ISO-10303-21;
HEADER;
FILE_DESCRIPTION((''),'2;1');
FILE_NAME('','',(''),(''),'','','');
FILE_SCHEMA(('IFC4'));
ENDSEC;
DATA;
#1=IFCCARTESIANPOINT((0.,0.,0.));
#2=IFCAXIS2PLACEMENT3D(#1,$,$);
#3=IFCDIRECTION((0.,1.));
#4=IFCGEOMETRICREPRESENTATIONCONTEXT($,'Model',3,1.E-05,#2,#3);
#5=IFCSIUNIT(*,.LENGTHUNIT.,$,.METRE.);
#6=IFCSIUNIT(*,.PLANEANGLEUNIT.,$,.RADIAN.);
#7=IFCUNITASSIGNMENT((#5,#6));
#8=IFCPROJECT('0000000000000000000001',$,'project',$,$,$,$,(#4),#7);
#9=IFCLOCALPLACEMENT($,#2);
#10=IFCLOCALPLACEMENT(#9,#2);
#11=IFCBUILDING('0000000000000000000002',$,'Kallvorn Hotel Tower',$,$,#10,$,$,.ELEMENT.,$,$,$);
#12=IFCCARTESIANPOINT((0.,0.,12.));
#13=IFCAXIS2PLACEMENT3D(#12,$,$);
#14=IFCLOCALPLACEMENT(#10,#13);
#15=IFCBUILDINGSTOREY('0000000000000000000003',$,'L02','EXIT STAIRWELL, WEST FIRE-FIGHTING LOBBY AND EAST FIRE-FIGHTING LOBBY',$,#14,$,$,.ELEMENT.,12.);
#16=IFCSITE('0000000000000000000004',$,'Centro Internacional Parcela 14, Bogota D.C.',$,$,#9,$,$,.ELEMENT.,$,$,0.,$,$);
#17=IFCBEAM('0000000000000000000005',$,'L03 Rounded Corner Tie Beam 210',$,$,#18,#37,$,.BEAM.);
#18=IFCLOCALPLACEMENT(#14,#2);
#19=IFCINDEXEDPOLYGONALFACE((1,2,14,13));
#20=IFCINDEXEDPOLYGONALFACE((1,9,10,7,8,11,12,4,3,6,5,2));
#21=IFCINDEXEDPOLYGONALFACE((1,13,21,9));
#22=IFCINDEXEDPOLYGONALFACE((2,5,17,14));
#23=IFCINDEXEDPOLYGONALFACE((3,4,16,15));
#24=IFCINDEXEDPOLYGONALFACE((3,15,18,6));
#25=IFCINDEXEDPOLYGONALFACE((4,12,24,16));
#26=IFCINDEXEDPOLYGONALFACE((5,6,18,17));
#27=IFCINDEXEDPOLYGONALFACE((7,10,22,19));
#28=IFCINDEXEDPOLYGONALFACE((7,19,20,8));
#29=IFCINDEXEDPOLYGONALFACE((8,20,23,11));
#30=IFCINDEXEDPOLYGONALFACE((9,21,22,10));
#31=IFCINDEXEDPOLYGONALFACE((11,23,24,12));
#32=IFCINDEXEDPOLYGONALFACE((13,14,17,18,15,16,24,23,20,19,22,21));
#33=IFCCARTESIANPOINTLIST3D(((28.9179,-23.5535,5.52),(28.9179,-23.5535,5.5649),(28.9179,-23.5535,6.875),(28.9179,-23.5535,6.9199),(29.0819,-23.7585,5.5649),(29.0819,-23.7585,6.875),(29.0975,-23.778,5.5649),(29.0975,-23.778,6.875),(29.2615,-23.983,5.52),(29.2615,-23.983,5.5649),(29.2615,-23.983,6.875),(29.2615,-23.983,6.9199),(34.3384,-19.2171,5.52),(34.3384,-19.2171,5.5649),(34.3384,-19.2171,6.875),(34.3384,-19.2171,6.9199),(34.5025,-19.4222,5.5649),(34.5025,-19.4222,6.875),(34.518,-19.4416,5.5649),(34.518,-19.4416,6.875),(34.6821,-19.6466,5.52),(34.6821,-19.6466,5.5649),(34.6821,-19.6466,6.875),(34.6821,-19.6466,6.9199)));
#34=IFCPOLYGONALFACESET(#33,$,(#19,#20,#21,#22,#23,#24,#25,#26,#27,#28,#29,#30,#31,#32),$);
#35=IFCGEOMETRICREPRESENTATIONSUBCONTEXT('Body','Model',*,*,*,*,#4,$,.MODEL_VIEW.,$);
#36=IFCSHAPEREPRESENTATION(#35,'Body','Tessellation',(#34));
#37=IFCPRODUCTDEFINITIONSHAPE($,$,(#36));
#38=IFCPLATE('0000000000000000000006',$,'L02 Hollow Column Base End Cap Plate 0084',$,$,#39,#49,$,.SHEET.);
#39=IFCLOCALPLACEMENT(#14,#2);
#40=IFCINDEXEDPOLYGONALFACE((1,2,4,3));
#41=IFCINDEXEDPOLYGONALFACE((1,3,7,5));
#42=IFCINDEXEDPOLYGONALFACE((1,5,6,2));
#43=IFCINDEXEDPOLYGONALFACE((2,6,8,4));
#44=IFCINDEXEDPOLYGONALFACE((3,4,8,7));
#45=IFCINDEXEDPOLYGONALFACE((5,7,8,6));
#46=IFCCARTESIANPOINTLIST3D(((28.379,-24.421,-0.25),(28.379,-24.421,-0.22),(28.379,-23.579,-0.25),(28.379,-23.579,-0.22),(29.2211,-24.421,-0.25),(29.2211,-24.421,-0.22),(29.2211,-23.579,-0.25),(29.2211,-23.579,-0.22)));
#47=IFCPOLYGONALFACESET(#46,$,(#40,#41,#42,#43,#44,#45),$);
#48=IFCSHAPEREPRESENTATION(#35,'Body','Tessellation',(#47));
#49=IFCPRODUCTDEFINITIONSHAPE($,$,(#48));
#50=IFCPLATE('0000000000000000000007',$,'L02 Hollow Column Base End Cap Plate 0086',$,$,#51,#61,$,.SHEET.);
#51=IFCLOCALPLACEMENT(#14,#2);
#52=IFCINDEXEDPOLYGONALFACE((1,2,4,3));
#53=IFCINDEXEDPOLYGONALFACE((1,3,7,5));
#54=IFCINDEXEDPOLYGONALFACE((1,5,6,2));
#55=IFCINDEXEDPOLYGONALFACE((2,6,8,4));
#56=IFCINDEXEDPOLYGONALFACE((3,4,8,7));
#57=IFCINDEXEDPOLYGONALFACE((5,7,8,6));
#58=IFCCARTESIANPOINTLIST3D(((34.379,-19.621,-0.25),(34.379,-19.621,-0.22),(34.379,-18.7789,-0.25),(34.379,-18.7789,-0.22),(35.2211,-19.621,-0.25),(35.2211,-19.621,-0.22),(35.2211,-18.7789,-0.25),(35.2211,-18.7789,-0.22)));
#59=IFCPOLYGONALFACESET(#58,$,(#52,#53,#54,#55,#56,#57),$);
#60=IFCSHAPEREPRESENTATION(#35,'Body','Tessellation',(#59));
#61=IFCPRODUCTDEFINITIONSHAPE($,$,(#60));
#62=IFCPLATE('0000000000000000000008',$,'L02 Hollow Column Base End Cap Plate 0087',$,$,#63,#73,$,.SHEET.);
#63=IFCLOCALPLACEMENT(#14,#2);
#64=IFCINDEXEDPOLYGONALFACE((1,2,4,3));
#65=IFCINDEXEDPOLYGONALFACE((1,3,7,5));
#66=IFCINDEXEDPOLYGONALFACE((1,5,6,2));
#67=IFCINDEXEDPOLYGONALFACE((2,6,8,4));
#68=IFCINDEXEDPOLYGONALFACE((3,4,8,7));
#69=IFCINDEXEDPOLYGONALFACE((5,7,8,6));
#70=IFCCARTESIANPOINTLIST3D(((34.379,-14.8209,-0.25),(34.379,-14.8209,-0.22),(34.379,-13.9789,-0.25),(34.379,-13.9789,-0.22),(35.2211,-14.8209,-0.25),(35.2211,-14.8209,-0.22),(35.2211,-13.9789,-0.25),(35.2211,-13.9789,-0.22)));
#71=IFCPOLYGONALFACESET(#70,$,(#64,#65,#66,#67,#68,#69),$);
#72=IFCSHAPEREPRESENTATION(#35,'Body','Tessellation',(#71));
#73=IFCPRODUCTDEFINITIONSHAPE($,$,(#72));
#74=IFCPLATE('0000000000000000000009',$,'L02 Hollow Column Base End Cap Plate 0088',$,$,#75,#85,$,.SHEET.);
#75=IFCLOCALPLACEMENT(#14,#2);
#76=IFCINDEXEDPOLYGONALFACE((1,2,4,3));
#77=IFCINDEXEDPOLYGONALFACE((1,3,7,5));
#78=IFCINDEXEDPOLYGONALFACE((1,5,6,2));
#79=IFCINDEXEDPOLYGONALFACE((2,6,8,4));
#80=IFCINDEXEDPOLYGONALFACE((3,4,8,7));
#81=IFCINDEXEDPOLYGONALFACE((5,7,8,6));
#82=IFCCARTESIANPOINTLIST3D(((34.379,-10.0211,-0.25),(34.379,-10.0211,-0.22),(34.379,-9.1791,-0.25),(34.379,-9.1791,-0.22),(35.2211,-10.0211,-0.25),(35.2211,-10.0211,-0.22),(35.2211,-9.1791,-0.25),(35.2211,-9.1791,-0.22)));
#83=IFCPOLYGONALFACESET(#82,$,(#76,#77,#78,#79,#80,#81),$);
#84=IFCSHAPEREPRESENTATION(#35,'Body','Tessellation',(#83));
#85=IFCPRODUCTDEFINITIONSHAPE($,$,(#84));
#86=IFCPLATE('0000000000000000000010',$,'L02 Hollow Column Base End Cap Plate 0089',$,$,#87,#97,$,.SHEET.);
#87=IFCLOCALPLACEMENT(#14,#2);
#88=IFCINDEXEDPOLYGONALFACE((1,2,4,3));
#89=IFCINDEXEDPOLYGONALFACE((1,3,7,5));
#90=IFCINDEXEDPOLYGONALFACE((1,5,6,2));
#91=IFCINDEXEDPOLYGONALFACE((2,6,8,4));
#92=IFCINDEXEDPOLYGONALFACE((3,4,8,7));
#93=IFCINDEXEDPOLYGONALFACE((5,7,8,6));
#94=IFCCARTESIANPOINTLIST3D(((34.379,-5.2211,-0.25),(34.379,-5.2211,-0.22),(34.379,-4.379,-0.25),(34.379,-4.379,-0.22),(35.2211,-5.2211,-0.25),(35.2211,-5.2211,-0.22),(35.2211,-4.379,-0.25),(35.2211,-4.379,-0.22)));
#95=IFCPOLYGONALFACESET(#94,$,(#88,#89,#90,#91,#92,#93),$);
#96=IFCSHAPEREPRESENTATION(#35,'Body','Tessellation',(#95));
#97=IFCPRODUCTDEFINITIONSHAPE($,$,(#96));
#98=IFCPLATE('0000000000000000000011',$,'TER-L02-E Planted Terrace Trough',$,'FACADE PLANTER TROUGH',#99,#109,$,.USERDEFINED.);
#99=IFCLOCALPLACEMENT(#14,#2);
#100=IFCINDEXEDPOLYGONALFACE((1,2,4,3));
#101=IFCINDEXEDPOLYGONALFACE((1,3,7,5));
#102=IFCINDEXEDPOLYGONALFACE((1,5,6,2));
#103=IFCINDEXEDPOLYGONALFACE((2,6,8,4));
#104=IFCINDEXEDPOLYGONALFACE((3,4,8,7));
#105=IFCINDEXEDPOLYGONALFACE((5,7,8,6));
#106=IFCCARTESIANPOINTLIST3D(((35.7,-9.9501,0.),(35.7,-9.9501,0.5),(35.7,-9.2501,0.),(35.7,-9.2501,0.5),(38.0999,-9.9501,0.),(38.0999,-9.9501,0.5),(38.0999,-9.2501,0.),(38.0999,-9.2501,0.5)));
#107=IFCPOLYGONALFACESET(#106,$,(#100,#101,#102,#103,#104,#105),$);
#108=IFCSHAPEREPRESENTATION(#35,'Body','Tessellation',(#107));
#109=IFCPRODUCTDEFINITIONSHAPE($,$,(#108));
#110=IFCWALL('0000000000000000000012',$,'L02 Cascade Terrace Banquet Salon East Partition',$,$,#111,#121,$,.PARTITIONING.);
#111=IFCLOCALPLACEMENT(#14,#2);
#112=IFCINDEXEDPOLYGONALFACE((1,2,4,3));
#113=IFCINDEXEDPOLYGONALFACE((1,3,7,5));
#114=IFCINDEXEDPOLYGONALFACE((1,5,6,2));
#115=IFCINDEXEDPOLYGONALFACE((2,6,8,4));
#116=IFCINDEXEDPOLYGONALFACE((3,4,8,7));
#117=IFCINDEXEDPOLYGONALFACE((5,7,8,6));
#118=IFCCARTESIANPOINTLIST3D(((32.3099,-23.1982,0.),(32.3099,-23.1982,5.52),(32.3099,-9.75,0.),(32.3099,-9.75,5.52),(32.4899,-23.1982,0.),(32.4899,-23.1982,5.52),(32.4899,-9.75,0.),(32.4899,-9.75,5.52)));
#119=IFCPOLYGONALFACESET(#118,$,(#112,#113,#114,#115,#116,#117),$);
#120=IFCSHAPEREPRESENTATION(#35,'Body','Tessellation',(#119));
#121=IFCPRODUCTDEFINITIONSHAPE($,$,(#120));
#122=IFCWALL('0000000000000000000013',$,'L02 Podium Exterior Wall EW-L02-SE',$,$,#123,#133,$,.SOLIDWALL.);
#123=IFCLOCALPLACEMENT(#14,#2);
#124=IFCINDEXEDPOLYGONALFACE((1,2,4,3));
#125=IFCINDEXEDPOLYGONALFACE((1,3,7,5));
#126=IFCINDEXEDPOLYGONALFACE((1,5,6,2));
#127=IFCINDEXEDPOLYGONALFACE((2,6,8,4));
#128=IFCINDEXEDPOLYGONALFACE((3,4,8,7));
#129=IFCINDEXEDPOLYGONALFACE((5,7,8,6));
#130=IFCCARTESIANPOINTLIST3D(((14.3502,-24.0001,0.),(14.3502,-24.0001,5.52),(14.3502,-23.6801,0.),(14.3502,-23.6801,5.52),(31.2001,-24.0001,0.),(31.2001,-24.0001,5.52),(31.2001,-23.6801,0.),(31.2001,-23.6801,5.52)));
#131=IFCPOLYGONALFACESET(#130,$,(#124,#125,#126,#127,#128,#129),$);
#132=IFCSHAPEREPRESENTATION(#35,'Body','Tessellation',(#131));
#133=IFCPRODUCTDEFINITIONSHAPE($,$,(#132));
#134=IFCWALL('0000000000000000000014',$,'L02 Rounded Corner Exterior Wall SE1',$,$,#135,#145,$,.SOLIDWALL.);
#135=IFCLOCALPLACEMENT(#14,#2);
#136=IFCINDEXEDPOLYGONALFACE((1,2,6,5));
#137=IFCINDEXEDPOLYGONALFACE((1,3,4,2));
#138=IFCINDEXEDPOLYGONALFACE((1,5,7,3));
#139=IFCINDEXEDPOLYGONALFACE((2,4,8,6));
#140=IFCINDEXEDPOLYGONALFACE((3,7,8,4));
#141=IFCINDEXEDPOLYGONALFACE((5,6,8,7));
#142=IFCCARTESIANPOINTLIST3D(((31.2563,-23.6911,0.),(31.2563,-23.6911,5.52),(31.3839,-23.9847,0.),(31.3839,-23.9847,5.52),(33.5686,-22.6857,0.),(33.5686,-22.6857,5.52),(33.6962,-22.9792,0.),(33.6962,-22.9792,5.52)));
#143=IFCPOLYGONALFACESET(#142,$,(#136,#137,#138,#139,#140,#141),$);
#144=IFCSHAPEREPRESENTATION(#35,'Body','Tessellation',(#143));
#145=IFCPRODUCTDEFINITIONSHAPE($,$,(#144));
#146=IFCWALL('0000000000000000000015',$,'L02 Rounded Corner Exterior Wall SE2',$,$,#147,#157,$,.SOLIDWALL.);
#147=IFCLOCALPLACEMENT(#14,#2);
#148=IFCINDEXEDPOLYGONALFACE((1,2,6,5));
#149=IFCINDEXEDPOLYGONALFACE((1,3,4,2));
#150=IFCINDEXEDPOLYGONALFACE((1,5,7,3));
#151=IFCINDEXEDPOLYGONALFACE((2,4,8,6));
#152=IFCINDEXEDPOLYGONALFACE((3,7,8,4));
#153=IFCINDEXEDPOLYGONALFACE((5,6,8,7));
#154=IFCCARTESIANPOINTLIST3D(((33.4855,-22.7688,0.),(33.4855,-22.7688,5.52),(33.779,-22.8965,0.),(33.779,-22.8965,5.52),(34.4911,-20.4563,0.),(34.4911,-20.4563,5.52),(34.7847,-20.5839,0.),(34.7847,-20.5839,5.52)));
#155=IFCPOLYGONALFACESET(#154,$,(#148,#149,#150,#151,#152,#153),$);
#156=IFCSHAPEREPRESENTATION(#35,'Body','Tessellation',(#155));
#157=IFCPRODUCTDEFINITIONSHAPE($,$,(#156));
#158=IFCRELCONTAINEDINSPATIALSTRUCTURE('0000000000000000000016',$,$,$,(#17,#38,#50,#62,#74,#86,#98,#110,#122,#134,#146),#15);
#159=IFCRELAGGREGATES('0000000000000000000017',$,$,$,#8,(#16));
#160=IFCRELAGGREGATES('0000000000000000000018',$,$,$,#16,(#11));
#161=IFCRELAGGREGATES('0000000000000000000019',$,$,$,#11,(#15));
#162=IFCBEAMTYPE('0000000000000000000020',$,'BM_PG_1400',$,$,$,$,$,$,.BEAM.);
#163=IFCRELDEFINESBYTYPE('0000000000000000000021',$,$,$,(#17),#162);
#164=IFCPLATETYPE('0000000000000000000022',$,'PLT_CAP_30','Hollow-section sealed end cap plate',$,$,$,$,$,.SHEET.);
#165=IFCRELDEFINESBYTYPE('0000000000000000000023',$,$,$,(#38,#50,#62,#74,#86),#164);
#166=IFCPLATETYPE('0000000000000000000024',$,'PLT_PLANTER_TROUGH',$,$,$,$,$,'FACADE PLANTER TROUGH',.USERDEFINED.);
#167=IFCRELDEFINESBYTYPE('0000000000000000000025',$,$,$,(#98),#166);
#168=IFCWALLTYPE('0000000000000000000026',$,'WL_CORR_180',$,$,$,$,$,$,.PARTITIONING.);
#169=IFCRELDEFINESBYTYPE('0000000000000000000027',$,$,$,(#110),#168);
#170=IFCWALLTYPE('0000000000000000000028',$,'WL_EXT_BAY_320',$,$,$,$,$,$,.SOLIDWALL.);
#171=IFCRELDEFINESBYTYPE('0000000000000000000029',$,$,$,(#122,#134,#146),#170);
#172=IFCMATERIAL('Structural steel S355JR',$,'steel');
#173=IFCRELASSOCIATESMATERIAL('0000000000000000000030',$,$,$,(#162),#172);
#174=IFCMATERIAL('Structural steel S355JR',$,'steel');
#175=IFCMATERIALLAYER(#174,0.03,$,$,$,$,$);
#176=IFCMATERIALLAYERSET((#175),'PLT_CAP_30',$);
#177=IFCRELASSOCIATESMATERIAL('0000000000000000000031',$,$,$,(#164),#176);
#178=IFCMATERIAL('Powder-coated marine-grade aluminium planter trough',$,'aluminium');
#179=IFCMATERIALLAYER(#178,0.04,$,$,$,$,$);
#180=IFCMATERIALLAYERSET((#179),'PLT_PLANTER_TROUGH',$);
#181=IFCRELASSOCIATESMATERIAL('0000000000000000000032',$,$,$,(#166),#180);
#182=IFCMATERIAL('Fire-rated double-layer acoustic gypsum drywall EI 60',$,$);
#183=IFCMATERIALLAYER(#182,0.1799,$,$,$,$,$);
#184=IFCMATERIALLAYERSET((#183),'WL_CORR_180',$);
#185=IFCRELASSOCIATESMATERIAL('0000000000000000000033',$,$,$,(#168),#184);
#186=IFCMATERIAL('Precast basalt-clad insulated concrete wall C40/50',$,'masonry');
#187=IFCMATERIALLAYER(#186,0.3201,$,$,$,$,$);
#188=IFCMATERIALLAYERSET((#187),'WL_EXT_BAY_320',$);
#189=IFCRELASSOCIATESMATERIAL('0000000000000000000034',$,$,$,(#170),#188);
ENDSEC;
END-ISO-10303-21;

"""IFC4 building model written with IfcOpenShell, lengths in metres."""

from ifc_helpers import new_model, si_unit, direction, frame, frame_2d, origin, origin_2d, place, context, subcontext, project, spatial, rectangle, i_section, extrude, material, layer, layer_set, material_profile, profile_set, type_object, element, save


model = new_model("IFC4")

# Units and contexts
model_context = context("Model", 3, precision=1e-05, world=origin(), true_north=direction((0.0, 1.0)))
body_context = subcontext(model_context, "Body", "Model", "MODEL_VIEW")
ifc_project = project(units=[si_unit("LENGTHUNIT", "METRE"), si_unit("PLANEANGLEUNIT", "RADIAN")], contexts=[model_context])

# Site, building, storey
site_placement = place(None, origin())
site = spatial("IfcSite", under=ifc_project, at=site_placement, Name="Centro Internacional Parcela 14, Bogota D.C.", CompositionType="ELEMENT", RefElevation=0.0)
building_placement = place(site_placement, origin())
building = spatial("IfcBuilding", under=site, at=building_placement, Name="Kallvorn Hotel Tower", CompositionType="ELEMENT")
storey_placement = place(building_placement, frame((0.0, 0.0, 12.0)))
storey = spatial("IfcBuildingStorey", under=building, at=storey_placement, Name="L02", Description="EXIT STAIRWELL, WEST FIRE-FIGHTING LOBBY AND EAST FIRE-FIGHTING LOBBY", CompositionType="ELEMENT", Elevation=12.0)

# Beam
ifc_material_1 = material(Name="Structural steel S355JR", Category="steel")
ifc_material_profile_1 = material_profile(ifc_material_1, i_section(OverallWidth=0.55, OverallDepth=1.3999, WebThickness=0.0249, FlangeThickness=0.0449, at=origin_2d()), Name="PG 1400x550x25x45")
ifc_profile_set_1 = profile_set([ifc_material_profile_1], Name="Structural steel S355JR")
beam_type_1 = type_object("IfcBeamType", Name="BM_PG_1400", PredefinedType="BEAM", material=ifc_profile_set_1)
beam_1_placement = place(storey_placement, frame((34.5103, -19.4319, 6.22), z_axis=(-0.780876, -0.624686, 0.0), x_axis=(0.624686, -0.780876, 0.0)))
element("IfcBeam", 1, at=beam_1_placement, inside=storey, type_object=beam_type_1, Name="L03 Rounded Corner Tie Beam 210", PredefinedType="BEAM", context=body_context, shape_type="SweptSolid", body=[
    extrude(i_section(OverallWidth=0.55, OverallDepth=1.3999, WebThickness=0.0249, FlangeThickness=0.0449, at=origin_2d()), origin(), (0.0, 0.0, 1.0), 6.9417),
])

# Plates
ifc_material_2 = material(Name="Structural steel S355JR", Category="steel")
ifc_layer_1 = layer(ifc_material_2, 0.03)
ifc_layer_set_1 = layer_set([ifc_layer_1], Name="PLT_CAP_30")
plate_type_1 = type_object("IfcPlateType", Name="PLT_CAP_30", Description="Hollow-section sealed end cap plate", PredefinedType="SHEET", material=ifc_layer_set_1)
for number, where, z_axis, x_axis, name in (
    (2, (28.8, -24.0, -0.25), (0.0, 0.0, 1.0), (1.0, 0.0, 0.0), "L02 Hollow Column Base End Cap Plate 0084"),
    (3, (34.8, -19.2, -0.25), (0.0, 0.0, 1.0), (1.0, 0.0, 0.0), "L02 Hollow Column Base End Cap Plate 0086"),
    (4, (34.8, -14.3999, -0.25), (0.0, 0.0, 1.0), (1.0, 0.0, 0.0), "L02 Hollow Column Base End Cap Plate 0087"),
    (5, (34.8, -9.6001, -0.25), (0.0, 0.0, 1.0), (1.0, 0.0, 0.0), "L02 Hollow Column Base End Cap Plate 0088"),
    (6, (34.8, -4.8, -0.25), (0.0, 0.0, 1.0), (1.0, 0.0, 0.0), "L02 Hollow Column Base End Cap Plate 0089"),
):
    element("IfcPlate", number, at=place(storey_placement, frame(where, z_axis=z_axis, x_axis=x_axis)), inside=storey, type_object=plate_type_1, Name=name, PredefinedType="SHEET", context=body_context, shape_type="SweptSolid", body=[
        extrude(rectangle(XDim=0.842, YDim=0.842, at=origin_2d()), origin(), (0.0, 0.0, 1.0), 0.03),
    ])
ifc_material_3 = material(Name="Powder-coated marine-grade aluminium planter trough", Category="aluminium")
ifc_layer_2 = layer(ifc_material_3, 0.04)
ifc_layer_set_2 = layer_set([ifc_layer_2], Name="PLT_PLANTER_TROUGH")
plate_type_2 = type_object("IfcPlateType", Name="PLT_PLANTER_TROUGH", ElementType="FACADE PLANTER TROUGH", PredefinedType="USERDEFINED", material=ifc_layer_set_2)
plate_placement = place(storey_placement, frame((36.8999, -9.6001, 0.0), z_axis=(0.0, 0.0, 1.0), x_axis=(1.0, 0.0, 0.0)))
element("IfcPlate", 7, at=plate_placement, inside=storey, type_object=plate_type_2, Name="TER-L02-E Planted Terrace Trough", ObjectType="FACADE PLANTER TROUGH", PredefinedType="USERDEFINED", context=body_context, shape_type="SweptSolid", body=[
    extrude(rectangle(XDim=2.3999, YDim=0.7, at=origin_2d()), origin(), (0.0, 0.0, 1.0), 0.5),
])

# Walls
ifc_material_4 = material(Name="Fire-rated double-layer acoustic gypsum drywall EI 60")
ifc_layer_3 = layer(ifc_material_4, 0.1799)
ifc_layer_set_3 = layer_set([ifc_layer_3], Name="WL_CORR_180")
wall_type_1 = type_object("IfcWallType", Name="WL_CORR_180", PredefinedType="PARTITIONING", material=ifc_layer_set_3)
wall_1_placement = place(storey_placement, frame((32.3999, -23.1982, 0.0), z_axis=(0.0, 0.0, 1.0), x_axis=(0.0, 1.0, 0.0)))
element("IfcWall", 8, at=wall_1_placement, inside=storey, type_object=wall_type_1, Name="L02 Cascade Terrace Banquet Salon East Partition", PredefinedType="PARTITIONING", context=body_context, shape_type="SweptSolid", body=[
    extrude(rectangle(XDim=13.4482, YDim=0.1799, at=frame_2d((6.7241, 0.0))), origin(), (0.0, 0.0, 1.0), 5.52),
])
ifc_material_5 = material(Name="Precast basalt-clad insulated concrete wall C40/50", Category="masonry")
ifc_layer_4 = layer(ifc_material_5, 0.3201)
ifc_layer_set_4 = layer_set([ifc_layer_4], Name="WL_EXT_BAY_320")
wall_type_2 = type_object("IfcWallType", Name="WL_EXT_BAY_320", PredefinedType="SOLIDWALL", material=ifc_layer_set_4)
wall_2_placement = place(storey_placement, frame((31.2, -23.8401, 0.0), z_axis=(0.0, 0.0, 1.0), x_axis=(-1.0, 0.0, 0.0)))
element("IfcWall", 9, at=wall_2_placement, inside=storey, type_object=wall_type_2, Name="L02 Podium Exterior Wall EW-L02-SE", PredefinedType="SOLIDWALL", context=body_context, shape_type="SweptSolid", body=[
    extrude(rectangle(XDim=16.8499, YDim=0.3201, at=frame_2d((8.4248, 0.0))), origin(), (0.0, 0.0, 1.0), 5.52),
])
wall_3_placement = place(storey_placement, frame((31.3201, -23.8379, 0.0), z_axis=(0.0, 0.0, 1.0), x_axis=(0.917064, 0.39874, 0.0)))
element("IfcWall", 10, at=wall_3_placement, inside=storey, type_object=wall_type_2, Name="L02 Rounded Corner Exterior Wall SE1", PredefinedType="SOLIDWALL", context=body_context, shape_type="SweptSolid", body=[
    extrude(rectangle(XDim=2.5215, YDim=0.3201, at=frame_2d((1.2607, 0.0))), origin(), (0.0, 0.0, 1.0), 5.52),
])
wall_4_placement = place(storey_placement, frame((33.6323, -22.8325, 0.0), z_axis=(0.0, 0.0, 1.0), x_axis=(0.398786, 0.917044, 0.0)))
element("IfcWall", 11, at=wall_4_placement, inside=storey, type_object=wall_type_2, Name="L02 Rounded Corner Exterior Wall SE2", PredefinedType="SOLIDWALL", context=body_context, shape_type="SweptSolid", body=[
    extrude(rectangle(XDim=2.5217, YDim=0.3201, at=frame_2d((1.2607, 0.0))), origin(), (0.0, 0.0, 1.0), 5.52),
])

save(model, "model.ifc")
